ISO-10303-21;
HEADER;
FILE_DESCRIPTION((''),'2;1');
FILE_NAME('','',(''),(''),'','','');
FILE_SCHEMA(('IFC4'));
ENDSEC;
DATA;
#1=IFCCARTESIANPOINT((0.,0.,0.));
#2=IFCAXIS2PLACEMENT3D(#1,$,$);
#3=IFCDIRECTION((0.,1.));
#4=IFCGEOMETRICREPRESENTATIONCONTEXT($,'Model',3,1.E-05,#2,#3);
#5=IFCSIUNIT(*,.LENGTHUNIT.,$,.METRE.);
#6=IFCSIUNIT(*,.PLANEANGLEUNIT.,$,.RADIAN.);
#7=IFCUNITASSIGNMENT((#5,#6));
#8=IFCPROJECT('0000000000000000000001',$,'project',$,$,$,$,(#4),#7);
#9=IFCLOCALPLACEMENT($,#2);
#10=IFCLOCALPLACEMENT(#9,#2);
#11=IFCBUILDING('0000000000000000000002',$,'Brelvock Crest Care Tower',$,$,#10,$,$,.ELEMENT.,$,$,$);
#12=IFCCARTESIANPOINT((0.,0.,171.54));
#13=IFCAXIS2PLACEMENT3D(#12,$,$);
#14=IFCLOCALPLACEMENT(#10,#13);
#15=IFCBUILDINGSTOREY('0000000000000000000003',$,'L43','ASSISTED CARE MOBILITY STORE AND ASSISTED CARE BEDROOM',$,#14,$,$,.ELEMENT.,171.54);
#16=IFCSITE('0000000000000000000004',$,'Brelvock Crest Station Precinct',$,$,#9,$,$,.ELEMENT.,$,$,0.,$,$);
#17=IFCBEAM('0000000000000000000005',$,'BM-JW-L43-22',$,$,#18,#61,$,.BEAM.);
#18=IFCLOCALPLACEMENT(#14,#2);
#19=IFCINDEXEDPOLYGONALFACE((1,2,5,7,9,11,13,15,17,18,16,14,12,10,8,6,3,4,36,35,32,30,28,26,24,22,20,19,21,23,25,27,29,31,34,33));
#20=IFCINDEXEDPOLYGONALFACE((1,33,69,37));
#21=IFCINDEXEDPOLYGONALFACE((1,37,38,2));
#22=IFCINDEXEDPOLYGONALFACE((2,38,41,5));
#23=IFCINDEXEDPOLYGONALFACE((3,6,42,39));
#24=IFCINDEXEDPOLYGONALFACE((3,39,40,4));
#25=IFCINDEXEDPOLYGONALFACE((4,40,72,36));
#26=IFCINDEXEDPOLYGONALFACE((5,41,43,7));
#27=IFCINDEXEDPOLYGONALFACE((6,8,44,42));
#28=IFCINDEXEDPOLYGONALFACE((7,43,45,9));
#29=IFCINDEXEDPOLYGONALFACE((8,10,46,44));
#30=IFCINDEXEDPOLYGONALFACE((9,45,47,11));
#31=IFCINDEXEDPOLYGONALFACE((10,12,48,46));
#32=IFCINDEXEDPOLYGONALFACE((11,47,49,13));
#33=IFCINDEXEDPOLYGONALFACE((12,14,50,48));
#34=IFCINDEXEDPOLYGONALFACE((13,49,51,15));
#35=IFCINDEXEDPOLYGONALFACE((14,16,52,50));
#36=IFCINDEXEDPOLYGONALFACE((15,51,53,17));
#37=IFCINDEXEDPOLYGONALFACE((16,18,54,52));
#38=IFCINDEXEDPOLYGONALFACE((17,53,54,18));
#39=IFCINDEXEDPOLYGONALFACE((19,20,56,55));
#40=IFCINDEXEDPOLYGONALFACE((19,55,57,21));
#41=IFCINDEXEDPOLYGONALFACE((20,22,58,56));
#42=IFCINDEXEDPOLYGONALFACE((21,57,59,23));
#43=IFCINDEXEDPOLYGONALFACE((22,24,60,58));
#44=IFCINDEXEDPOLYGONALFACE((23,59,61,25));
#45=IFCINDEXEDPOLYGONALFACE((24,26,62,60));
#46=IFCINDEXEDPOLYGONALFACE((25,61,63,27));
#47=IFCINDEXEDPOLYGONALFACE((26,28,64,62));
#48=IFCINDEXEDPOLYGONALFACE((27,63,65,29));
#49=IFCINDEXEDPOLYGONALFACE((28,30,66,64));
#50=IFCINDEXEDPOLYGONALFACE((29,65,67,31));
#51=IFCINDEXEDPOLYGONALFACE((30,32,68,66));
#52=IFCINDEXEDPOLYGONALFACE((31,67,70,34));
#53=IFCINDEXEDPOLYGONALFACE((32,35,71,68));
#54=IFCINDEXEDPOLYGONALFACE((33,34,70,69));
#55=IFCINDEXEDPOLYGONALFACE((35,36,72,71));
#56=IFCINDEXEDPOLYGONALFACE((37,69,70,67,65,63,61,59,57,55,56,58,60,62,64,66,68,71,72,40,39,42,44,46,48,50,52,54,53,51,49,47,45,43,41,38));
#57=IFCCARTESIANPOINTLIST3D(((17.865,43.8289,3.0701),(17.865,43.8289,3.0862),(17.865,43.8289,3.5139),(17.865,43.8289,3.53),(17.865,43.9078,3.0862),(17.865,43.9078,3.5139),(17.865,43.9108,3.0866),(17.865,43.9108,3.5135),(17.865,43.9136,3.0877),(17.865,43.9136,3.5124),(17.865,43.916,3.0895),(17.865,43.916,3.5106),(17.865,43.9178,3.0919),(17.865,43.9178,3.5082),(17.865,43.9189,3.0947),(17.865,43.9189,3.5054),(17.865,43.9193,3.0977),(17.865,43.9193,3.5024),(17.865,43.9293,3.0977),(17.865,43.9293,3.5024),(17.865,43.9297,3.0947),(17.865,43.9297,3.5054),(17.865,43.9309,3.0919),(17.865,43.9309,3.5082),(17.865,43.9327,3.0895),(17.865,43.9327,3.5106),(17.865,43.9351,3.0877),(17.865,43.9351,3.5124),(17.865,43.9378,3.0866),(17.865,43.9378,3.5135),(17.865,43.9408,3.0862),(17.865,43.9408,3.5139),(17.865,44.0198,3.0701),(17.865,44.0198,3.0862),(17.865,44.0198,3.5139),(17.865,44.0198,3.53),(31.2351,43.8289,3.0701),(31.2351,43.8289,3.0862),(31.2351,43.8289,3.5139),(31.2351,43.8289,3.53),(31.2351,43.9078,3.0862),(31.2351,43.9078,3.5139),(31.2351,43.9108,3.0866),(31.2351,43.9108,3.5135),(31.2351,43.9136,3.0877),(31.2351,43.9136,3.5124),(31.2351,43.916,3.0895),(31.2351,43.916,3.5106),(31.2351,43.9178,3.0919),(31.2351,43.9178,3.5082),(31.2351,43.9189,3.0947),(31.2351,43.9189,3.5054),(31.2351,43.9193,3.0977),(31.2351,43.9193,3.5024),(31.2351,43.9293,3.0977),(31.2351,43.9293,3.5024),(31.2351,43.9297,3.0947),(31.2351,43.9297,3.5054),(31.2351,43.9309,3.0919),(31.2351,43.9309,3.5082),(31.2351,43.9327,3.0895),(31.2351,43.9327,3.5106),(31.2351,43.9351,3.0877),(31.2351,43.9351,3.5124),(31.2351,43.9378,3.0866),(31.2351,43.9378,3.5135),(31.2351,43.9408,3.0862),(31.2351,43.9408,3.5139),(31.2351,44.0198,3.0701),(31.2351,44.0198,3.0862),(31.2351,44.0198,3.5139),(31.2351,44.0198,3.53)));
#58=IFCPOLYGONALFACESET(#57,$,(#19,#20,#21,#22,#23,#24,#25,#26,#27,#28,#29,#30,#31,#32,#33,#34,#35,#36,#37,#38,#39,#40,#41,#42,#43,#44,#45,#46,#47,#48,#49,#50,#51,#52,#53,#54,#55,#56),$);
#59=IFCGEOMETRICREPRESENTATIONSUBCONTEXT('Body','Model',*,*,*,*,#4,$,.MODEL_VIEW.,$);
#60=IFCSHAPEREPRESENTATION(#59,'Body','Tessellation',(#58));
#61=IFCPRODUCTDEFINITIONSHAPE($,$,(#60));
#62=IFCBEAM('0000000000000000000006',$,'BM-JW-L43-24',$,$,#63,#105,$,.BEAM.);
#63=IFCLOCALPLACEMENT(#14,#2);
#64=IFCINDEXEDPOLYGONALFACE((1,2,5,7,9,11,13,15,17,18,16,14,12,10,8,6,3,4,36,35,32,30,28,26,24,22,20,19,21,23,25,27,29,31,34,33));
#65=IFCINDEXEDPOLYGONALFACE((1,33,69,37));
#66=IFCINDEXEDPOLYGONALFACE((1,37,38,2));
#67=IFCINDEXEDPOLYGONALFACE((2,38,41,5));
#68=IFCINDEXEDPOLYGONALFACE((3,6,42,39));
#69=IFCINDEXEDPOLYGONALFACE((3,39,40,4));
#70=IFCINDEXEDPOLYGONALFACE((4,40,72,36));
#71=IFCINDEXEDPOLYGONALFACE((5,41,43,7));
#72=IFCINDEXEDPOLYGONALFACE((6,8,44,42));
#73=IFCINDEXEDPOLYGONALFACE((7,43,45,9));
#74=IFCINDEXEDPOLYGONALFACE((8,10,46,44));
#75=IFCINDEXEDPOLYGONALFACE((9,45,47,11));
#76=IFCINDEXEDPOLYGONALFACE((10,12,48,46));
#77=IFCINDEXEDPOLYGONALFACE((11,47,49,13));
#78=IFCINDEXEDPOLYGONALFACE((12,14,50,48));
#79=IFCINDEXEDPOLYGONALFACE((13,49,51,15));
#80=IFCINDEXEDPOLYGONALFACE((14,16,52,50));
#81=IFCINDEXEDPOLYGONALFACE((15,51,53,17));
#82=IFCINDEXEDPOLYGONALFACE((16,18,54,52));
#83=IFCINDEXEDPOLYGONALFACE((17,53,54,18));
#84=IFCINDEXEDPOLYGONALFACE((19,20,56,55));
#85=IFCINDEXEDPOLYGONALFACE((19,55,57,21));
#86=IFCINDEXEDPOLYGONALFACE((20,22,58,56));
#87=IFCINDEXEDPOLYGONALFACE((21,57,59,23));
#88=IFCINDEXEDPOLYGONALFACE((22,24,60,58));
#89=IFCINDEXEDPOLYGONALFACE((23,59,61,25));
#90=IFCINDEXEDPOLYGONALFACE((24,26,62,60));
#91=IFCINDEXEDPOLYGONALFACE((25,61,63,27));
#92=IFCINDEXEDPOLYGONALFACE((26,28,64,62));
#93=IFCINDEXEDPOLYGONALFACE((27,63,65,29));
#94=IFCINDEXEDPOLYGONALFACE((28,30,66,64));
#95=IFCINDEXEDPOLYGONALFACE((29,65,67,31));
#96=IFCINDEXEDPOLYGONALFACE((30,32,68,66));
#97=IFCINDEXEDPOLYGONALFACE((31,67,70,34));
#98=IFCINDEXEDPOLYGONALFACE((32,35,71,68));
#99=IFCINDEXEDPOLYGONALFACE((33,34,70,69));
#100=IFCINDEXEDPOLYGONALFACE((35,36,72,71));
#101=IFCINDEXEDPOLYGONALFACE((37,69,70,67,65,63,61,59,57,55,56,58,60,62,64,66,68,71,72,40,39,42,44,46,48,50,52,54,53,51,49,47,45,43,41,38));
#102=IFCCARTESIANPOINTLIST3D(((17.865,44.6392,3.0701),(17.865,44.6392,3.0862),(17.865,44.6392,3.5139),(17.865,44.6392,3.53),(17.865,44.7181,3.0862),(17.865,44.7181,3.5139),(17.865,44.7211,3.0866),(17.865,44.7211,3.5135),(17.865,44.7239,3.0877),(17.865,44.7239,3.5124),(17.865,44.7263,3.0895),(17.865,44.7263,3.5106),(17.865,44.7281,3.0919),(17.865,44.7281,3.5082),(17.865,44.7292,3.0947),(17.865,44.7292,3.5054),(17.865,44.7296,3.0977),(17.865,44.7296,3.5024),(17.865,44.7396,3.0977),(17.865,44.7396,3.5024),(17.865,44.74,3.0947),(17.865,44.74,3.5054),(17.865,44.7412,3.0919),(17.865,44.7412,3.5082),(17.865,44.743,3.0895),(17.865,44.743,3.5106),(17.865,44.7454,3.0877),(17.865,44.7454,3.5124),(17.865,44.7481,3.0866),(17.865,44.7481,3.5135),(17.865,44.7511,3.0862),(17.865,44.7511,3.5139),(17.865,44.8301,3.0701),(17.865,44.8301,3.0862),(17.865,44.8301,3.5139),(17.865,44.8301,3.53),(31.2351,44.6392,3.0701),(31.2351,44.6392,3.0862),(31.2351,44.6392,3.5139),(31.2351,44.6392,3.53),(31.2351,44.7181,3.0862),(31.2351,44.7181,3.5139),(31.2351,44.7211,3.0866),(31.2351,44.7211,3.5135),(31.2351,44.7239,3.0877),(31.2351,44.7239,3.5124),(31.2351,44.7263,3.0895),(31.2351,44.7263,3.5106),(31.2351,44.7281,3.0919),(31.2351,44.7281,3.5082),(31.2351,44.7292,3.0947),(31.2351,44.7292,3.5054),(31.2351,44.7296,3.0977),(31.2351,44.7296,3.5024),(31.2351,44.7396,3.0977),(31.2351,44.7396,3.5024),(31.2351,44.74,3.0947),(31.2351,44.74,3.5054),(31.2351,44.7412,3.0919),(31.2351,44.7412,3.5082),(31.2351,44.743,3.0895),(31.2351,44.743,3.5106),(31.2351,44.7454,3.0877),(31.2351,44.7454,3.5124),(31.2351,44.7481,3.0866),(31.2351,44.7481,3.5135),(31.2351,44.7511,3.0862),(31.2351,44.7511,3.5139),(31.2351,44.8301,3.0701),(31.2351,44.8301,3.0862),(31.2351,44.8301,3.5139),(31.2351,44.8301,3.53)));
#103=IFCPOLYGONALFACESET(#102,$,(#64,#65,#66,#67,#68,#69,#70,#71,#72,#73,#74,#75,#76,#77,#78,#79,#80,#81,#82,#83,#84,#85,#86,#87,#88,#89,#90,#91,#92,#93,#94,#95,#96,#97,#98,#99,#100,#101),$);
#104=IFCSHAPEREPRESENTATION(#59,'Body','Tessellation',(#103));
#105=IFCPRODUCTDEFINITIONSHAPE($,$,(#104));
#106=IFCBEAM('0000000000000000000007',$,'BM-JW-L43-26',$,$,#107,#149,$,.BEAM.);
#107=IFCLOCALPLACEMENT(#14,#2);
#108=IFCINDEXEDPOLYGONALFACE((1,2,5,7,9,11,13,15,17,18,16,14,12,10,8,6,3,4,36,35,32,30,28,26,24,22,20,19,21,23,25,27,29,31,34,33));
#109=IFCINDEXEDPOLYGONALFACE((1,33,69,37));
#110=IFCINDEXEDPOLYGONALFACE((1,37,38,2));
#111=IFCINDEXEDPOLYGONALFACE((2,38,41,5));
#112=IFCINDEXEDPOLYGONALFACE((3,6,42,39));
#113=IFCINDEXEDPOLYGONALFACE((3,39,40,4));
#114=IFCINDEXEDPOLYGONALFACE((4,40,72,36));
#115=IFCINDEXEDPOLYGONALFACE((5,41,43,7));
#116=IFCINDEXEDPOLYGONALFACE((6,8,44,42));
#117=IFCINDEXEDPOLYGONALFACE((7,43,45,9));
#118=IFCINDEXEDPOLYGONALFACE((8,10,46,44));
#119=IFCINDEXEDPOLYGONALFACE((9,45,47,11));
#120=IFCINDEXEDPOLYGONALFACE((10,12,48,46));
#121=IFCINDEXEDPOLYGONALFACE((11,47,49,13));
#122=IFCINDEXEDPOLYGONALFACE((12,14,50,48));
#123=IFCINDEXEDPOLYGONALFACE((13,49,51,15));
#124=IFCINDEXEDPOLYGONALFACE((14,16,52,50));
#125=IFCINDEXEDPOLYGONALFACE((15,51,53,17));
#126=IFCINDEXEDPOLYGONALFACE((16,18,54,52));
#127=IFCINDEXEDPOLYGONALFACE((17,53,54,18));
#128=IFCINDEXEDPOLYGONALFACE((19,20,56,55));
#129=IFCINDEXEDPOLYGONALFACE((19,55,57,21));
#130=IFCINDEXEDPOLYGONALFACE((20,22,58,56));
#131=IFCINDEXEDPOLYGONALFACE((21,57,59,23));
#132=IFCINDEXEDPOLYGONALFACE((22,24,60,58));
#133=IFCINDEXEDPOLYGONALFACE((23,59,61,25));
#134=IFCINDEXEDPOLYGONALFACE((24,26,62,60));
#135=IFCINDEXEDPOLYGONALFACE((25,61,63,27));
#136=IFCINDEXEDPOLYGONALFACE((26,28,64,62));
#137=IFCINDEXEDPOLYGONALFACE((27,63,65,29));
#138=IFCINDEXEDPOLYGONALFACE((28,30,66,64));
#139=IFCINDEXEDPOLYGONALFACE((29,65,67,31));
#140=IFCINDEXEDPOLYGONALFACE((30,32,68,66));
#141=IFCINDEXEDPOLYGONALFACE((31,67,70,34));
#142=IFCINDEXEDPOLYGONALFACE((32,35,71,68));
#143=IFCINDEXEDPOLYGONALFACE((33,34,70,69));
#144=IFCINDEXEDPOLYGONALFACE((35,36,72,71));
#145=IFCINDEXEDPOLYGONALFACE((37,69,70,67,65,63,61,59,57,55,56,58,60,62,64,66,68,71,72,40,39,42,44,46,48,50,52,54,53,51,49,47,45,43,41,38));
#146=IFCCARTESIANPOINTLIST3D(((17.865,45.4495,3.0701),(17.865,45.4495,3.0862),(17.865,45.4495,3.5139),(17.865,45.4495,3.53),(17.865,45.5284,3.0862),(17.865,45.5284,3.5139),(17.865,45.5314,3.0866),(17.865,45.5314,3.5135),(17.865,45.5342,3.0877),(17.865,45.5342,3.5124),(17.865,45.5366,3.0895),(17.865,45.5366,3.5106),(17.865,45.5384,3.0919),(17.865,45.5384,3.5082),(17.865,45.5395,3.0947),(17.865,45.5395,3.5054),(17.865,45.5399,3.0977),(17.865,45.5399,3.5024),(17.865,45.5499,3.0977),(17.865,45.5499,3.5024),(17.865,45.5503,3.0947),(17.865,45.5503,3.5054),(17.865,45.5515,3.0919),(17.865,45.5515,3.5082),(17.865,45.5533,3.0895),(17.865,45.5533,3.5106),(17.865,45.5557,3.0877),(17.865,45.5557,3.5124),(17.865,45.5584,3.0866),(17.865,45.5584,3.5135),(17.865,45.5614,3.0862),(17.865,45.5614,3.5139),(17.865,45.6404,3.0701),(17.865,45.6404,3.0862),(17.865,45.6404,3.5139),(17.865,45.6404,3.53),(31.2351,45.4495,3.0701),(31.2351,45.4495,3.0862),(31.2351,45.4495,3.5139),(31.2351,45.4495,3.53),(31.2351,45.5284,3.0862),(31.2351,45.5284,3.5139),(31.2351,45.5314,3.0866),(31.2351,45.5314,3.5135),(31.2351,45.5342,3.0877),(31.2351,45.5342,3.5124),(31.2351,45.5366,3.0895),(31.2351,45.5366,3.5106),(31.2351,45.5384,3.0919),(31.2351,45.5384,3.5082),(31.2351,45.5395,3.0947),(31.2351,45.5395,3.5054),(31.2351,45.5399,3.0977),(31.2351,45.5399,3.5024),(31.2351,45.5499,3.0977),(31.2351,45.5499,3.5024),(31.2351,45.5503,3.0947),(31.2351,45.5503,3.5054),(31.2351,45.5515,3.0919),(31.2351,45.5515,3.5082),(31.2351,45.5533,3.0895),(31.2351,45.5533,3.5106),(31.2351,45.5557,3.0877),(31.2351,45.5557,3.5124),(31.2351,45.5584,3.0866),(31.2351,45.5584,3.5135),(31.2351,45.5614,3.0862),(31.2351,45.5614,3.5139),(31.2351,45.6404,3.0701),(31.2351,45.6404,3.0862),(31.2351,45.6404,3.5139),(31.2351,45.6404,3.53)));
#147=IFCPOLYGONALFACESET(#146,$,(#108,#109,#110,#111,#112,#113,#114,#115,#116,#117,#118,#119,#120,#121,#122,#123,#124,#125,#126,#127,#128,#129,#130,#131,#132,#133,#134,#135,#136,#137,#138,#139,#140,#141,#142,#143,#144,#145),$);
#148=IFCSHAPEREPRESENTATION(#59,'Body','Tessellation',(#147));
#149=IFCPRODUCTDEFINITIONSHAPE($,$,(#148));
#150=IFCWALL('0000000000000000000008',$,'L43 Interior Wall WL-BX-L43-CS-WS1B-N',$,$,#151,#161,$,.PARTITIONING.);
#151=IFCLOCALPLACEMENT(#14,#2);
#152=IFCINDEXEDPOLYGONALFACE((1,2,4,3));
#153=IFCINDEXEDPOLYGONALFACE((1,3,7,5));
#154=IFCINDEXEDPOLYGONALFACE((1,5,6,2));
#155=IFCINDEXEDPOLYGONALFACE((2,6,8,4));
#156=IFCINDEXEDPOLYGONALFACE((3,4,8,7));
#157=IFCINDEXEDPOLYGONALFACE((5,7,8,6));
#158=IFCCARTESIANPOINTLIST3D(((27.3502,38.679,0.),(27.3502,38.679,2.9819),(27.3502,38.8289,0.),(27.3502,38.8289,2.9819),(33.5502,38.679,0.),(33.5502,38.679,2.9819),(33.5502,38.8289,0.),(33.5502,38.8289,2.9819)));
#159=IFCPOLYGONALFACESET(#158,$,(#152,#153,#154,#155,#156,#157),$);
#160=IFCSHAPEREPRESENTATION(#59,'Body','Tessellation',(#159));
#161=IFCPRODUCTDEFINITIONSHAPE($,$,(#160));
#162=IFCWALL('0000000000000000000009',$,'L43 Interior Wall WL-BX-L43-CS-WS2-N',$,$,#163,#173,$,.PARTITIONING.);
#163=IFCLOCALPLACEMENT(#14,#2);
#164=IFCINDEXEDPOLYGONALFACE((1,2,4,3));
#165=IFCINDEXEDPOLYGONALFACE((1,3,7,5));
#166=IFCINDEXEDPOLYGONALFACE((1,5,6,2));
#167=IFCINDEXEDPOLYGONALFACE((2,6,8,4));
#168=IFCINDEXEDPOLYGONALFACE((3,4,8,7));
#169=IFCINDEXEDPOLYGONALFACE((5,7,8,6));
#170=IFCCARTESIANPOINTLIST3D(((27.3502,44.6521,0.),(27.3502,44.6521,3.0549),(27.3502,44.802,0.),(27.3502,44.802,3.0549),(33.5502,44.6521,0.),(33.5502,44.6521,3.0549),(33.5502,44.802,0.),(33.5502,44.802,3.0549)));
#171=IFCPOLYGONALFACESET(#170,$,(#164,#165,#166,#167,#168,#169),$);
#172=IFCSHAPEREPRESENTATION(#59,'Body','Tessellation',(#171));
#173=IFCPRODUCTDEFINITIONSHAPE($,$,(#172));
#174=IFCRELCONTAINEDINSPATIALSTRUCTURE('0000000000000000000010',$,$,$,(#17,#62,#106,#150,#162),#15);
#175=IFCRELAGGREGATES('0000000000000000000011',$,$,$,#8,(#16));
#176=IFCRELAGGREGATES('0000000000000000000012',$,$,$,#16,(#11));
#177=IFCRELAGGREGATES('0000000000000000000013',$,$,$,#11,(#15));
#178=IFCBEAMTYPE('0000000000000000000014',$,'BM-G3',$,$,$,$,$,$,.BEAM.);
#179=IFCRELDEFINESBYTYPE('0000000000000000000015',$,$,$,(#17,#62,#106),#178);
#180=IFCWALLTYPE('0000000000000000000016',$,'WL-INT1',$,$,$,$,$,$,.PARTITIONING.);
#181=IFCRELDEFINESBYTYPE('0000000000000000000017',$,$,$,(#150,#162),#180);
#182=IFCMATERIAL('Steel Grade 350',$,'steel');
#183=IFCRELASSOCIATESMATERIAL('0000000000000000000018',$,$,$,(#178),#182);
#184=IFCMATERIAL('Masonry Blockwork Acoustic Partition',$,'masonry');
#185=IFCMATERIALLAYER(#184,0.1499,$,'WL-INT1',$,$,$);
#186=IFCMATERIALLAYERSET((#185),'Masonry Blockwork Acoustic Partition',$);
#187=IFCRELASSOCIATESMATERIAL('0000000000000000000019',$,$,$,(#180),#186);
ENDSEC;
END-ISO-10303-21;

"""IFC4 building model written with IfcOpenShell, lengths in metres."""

from ifc_helpers import new_model, si_unit, direction, frame, frame_2d, origin, origin_2d, place, context, subcontext, project, spatial, rectangle, i_section, extrude, source, transform, mapped, material, layer, layer_set, material_profile, profile_set, type_object, element, save


model = new_model("IFC4")

# Units and contexts
model_context = context("Model", 3, precision=1e-05, world=origin(), true_north=direction((0.0, 1.0)))
body_context = subcontext(model_context, "Body", "Model", "MODEL_VIEW")
ifc_project = project(units=[si_unit("LENGTHUNIT", "METRE"), si_unit("PLANEANGLEUNIT", "RADIAN")], contexts=[model_context])

# Site, building, storey
site_placement = place(None, origin())
site = spatial("IfcSite", under=ifc_project, at=site_placement, Name="Brelvock Crest Station Precinct", CompositionType="ELEMENT", RefElevation=0.0)
building_placement = place(site_placement, origin())
building = spatial("IfcBuilding", under=site, at=building_placement, Name="Brelvock Crest Care Tower", CompositionType="ELEMENT")
storey_placement = place(building_placement, frame((0.0, 0.0, 171.54)))
storey = spatial("IfcBuildingStorey", under=building, at=storey_placement, Name="L43", Description="ASSISTED CARE MOBILITY STORE AND ASSISTED CARE BEDROOM", CompositionType="ELEMENT", Elevation=171.54)

# Beams
ifc_material_1 = material(Name="Steel Grade 350", Category="steel")
ifc_material_profile_1 = material_profile(ifc_material_1, i_section(OverallWidth=0.1909, OverallDepth=0.46, WebThickness=0.01, FlangeThickness=0.0161, FilletRadius=0.0115, at=origin_2d()), Name="460UB82.1")
ifc_profile_set_1 = profile_set([ifc_material_profile_1], Name="Steel Grade 350")
beam_type_1 = type_object("IfcBeamType", Name="BM-G3", PredefinedType="BEAM", material=ifc_profile_set_1)
shared_shape_1 = source(origin(), body_context, "Body", "SweptSolid", [
    extrude(i_section(OverallWidth=0.1909, OverallDepth=0.46, WebThickness=0.01, FlangeThickness=0.0161, FilletRadius=0.0115, at=origin_2d()), origin(), (0.0, 0.0, 1.0), 13.3701),
])
for number, where, z_axis, x_axis, name in (
    (1, (17.865, 43.9243, 3.3), (1.0, 0.0, 0.0), (0.0, 1.0, 0.0), "BM-JW-L43-22"),
    (2, (17.865, 44.7346, 3.3), (1.0, 0.0, 0.0), (0.0, 1.0, 0.0), "BM-JW-L43-24"),
    (3, (17.865, 45.5449, 3.3), (1.0, 0.0, 0.0), (0.0, 1.0, 0.0), "BM-JW-L43-26"),
):
    element("IfcBeam", number, at=place(storey_placement, frame(where, z_axis=z_axis, x_axis=x_axis)), inside=storey, type_object=beam_type_1, Name=name, PredefinedType="BEAM", context=body_context, shape_type="MappedRepresentation", body=[
        mapped(shared_shape_1, transform((0.0, 0.0, 0.0), x_axis=(1.0, 0.0, 0.0), y_axis=(0.0, 1.0, 0.0), z_axis=(0.0, 0.0, 1.0), scale=1.0)),
    ])

# Walls
ifc_material_2 = material(Name="Masonry Blockwork Acoustic Partition", Category="masonry")
ifc_layer = layer(ifc_material_2, 0.1499, Name="WL-INT1")
ifc_layer_set = layer_set([ifc_layer], Name="Masonry Blockwork Acoustic Partition")
wall_type = type_object("IfcWallType", Name="WL-INT1", PredefinedType="PARTITIONING", material=ifc_layer_set)
wall_1_placement = place(storey_placement, frame((27.3501, 38.7539, 0.0), z_axis=(0.0, 0.0, 1.0), x_axis=(1.0, 0.0, 0.0)))
element("IfcWall", 4, at=wall_1_placement, inside=storey, type_object=wall_type, Name="L43 Interior Wall WL-BX-L43-CS-WS1B-N", PredefinedType="PARTITIONING", context=body_context, shape_type="SweptSolid", body=[
    extrude(rectangle(XDim=6.2, YDim=0.1499, at=frame_2d((3.1001, 0.0))), origin(), (0.0, 0.0, 1.0), 2.9819),
])
wall_2_placement = place(storey_placement, frame((27.3501, 44.7271, 0.0), z_axis=(0.0, 0.0, 1.0), x_axis=(1.0, 0.0, 0.0)))
element("IfcWall", 5, at=wall_2_placement, inside=storey, type_object=wall_type, Name="L43 Interior Wall WL-BX-L43-CS-WS2-N", PredefinedType="PARTITIONING", context=body_context, shape_type="SweptSolid", body=[
    extrude(rectangle(XDim=6.2, YDim=0.1499, at=frame_2d((3.1001, 0.0))), origin(), (0.0, 0.0, 1.0), 3.0549),
])

save(model, "model.ifc")
